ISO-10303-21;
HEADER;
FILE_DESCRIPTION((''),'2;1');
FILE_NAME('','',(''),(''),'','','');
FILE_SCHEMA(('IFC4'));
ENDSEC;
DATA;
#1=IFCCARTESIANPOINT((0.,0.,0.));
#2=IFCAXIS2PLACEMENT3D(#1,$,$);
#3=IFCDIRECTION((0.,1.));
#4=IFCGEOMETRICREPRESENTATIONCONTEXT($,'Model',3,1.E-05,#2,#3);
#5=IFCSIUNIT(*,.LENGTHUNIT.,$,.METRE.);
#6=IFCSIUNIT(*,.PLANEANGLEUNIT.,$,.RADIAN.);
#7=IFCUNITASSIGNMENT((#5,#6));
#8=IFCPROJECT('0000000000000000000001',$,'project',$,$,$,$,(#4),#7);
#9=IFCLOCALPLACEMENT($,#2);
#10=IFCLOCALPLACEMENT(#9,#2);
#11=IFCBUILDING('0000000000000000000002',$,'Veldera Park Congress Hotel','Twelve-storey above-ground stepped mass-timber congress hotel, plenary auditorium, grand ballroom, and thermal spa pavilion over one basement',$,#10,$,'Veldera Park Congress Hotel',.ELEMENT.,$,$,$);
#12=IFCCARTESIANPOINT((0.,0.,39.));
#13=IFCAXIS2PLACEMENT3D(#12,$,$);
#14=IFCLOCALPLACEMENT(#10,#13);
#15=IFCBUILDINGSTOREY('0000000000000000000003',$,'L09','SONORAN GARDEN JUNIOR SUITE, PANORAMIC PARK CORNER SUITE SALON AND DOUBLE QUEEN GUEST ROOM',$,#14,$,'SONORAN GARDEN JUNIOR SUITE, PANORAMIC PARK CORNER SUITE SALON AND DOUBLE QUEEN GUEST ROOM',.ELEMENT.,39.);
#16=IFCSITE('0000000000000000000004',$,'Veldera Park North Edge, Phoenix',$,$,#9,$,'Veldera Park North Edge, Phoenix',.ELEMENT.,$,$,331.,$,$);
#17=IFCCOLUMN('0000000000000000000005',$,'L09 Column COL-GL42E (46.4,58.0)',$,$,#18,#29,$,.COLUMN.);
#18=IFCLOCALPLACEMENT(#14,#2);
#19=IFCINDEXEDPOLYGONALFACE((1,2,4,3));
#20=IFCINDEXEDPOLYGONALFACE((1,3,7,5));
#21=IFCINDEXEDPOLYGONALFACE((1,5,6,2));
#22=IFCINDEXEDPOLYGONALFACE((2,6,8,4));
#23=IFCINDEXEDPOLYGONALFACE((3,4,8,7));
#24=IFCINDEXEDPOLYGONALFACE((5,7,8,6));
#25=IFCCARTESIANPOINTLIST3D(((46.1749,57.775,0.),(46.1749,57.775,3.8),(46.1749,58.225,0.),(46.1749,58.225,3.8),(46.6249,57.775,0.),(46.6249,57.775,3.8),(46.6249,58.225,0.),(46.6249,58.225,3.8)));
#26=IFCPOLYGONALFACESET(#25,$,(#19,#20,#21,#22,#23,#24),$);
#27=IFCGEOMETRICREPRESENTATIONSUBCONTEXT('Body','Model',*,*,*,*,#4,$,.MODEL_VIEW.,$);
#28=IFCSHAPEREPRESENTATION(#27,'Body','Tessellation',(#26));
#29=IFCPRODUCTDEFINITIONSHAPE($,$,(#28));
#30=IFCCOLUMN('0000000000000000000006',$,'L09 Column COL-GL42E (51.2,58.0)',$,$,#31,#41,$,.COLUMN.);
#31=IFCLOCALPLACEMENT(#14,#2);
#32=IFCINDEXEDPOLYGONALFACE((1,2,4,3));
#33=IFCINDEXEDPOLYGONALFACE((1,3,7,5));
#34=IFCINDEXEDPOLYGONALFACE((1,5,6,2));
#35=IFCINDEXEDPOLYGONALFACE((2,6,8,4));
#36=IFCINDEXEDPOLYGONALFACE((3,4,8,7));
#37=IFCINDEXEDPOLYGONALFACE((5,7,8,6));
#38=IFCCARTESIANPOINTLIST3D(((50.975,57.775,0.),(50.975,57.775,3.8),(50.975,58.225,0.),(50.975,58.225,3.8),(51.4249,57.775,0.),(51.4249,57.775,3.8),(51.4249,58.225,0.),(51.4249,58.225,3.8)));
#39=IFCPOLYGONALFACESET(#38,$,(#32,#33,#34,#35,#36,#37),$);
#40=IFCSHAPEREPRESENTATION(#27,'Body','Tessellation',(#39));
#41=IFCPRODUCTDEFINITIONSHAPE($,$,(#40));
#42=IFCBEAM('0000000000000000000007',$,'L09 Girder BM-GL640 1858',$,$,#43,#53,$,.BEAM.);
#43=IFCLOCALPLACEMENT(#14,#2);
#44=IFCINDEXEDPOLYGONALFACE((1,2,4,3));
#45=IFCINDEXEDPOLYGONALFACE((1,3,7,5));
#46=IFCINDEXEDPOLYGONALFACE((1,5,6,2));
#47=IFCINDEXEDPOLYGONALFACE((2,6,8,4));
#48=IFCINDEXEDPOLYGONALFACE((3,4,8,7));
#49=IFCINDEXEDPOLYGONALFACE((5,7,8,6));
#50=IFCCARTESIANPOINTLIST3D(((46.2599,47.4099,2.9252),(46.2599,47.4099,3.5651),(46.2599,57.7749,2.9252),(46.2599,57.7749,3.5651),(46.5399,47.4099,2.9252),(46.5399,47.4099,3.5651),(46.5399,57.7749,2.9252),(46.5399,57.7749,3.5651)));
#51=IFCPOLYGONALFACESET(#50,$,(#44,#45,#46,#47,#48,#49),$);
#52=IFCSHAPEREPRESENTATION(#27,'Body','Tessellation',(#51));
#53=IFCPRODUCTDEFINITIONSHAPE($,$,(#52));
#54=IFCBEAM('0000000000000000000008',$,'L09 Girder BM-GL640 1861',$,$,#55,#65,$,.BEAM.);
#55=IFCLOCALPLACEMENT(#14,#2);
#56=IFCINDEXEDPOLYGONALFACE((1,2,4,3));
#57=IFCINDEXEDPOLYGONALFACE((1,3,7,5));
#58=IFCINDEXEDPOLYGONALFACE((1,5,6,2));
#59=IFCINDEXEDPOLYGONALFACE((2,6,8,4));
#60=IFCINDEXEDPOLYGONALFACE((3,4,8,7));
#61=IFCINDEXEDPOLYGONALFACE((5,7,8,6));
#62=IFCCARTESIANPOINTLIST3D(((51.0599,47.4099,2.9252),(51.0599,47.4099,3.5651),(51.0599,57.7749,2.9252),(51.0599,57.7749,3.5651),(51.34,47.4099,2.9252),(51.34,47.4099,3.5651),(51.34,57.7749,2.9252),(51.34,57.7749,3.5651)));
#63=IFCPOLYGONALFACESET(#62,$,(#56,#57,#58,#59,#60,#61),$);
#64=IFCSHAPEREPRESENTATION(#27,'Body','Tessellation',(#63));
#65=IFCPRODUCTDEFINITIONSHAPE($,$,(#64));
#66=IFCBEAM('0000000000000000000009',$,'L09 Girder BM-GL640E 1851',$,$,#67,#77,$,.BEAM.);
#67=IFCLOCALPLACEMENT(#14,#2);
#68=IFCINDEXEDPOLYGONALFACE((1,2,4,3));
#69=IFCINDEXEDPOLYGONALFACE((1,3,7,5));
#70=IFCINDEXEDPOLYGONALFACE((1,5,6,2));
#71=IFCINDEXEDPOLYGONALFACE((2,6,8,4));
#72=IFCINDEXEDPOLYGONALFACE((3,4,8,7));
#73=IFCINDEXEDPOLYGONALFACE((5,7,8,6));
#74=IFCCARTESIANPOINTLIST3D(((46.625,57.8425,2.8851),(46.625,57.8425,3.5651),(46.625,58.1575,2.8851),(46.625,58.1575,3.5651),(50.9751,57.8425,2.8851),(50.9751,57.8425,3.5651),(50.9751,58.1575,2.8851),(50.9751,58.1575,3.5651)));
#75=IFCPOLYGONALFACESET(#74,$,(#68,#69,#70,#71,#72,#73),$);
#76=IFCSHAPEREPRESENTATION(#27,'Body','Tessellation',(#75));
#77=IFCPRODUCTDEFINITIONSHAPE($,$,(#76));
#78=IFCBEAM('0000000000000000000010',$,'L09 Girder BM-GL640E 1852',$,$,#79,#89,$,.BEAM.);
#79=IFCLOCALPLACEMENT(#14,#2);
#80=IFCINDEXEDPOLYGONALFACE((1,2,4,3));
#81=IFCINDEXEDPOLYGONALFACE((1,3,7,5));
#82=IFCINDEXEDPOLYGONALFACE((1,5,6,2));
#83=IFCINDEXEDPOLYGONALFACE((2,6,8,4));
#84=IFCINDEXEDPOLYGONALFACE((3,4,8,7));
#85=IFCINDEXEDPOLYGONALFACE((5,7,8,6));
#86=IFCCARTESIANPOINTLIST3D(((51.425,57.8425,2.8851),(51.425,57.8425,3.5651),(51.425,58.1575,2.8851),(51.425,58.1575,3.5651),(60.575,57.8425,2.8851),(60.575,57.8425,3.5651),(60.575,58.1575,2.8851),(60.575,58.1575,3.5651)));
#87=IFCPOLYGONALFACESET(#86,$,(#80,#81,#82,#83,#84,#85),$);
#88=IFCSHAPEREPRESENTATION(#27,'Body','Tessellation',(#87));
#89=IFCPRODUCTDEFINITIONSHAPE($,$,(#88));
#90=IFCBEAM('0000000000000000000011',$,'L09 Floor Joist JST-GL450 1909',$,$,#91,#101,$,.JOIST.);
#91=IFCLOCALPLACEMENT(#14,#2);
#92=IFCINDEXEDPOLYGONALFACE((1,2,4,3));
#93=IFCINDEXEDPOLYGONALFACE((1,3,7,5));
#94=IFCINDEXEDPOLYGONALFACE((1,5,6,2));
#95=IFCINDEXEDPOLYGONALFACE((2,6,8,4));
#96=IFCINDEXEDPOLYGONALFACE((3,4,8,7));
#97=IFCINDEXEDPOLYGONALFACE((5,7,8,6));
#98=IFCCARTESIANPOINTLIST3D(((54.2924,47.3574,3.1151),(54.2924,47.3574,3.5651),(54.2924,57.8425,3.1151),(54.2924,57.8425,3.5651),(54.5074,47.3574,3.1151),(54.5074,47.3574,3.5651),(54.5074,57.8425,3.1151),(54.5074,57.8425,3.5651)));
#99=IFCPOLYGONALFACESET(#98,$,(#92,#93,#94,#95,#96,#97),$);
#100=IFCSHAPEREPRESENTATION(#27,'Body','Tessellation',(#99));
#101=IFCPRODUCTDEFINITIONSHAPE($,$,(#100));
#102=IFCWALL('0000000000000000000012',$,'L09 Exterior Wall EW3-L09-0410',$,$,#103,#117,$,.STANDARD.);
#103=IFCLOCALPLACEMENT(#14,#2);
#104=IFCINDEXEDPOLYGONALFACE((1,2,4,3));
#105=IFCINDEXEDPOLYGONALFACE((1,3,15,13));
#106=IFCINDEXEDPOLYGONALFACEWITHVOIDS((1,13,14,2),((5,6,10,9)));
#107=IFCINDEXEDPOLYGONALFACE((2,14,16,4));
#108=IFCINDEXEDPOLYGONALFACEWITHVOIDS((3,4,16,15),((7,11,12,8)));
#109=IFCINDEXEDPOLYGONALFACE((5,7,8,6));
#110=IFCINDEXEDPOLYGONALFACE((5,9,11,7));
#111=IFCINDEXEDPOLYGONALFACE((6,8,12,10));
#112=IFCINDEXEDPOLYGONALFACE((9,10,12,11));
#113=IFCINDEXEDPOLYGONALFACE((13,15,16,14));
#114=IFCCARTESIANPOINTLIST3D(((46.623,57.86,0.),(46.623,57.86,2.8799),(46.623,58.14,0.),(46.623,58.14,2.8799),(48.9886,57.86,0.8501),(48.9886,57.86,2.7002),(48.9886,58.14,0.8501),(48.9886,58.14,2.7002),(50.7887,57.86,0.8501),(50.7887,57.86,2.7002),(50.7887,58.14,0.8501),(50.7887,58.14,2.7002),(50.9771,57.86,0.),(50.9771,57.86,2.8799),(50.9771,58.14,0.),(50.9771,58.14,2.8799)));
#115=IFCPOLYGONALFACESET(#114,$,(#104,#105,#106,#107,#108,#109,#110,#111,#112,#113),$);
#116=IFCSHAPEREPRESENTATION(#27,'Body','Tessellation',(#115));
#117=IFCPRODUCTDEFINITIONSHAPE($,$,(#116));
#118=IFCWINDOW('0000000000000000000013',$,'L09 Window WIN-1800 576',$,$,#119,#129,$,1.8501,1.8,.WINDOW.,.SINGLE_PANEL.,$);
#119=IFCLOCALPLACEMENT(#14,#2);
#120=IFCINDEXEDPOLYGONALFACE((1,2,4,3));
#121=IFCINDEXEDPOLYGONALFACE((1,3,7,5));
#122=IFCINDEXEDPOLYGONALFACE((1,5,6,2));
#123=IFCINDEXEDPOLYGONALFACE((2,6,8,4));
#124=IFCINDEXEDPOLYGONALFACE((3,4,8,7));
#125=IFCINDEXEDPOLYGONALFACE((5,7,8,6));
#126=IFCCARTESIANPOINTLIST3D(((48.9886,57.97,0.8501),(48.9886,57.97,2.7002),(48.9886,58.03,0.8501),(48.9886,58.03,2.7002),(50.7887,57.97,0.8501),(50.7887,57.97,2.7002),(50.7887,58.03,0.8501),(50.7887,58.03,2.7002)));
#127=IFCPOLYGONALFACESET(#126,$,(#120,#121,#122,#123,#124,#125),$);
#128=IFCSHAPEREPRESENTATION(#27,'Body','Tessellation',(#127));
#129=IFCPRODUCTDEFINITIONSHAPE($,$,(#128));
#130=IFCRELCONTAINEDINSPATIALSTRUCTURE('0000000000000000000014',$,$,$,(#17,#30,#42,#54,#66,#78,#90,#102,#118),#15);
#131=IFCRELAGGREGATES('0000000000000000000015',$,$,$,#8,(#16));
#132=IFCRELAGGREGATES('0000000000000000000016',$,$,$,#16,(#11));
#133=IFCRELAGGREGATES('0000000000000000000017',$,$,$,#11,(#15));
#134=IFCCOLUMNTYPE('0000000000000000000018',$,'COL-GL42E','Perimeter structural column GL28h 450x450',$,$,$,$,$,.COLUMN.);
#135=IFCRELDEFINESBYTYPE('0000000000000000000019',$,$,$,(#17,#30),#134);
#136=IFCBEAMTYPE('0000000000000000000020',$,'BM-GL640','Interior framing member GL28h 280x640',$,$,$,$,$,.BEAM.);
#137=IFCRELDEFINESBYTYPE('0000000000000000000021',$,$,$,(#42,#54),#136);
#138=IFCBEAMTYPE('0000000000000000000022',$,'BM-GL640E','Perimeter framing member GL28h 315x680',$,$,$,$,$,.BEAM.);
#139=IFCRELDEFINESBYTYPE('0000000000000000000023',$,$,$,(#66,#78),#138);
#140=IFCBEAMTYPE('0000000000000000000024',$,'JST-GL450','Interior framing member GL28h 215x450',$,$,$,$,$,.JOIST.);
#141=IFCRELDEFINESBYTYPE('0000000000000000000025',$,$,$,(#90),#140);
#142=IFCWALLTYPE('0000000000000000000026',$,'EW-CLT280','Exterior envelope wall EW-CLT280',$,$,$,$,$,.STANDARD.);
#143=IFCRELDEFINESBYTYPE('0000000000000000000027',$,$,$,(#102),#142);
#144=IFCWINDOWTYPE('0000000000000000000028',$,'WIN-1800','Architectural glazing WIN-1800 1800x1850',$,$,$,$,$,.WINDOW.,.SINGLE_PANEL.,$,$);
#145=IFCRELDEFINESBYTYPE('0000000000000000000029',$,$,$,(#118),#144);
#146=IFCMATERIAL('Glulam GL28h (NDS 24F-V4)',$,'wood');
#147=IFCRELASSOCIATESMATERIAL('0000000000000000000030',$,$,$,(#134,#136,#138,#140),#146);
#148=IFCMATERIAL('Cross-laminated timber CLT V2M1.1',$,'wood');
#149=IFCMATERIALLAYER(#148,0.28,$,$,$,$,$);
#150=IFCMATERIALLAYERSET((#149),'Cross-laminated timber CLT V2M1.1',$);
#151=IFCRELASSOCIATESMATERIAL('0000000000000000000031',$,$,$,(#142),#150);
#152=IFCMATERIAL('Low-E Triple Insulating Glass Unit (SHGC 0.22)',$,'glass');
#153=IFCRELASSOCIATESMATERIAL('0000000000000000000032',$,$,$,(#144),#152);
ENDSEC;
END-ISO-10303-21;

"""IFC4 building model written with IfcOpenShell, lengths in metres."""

from ifc_helpers import new_model, si_unit, direction, frame, frame_2d, origin, origin_2d, place, context, subcontext, project, spatial, rectangle, extrude, material, layer, layer_set, material_profile, profile_set, type_object, element, fill, save


model = new_model("IFC4")

# Units and contexts
model_context = context("Model", 3, precision=1e-05, world=origin(), true_north=direction((0.0, 1.0)))
body_context = subcontext(model_context, "Body", "Model", "MODEL_VIEW")
ifc_project = project(units=[si_unit("LENGTHUNIT", "METRE"), si_unit("PLANEANGLEUNIT", "RADIAN")], contexts=[model_context])

# Site, building, storey
site_placement = place(None, origin())
site = spatial("IfcSite", under=ifc_project, at=site_placement, Name="Veldera Park North Edge, Phoenix", LongName="Veldera Park North Edge, Phoenix", CompositionType="ELEMENT", RefElevation=331.0)
building_placement = place(site_placement, origin())
building = spatial("IfcBuilding", under=site, at=building_placement, Name="Veldera Park Congress Hotel", Description="Twelve-storey above-ground stepped mass-timber congress hotel, plenary auditorium, grand ballroom, and thermal spa pavilion over one basement", LongName="Veldera Park Congress Hotel", CompositionType="ELEMENT")
storey_placement = place(building_placement, frame((0.0, 0.0, 39.0)))
storey = spatial("IfcBuildingStorey", under=building, at=storey_placement, Name="L09", Description="SONORAN GARDEN JUNIOR SUITE, PANORAMIC PARK CORNER SUITE SALON AND DOUBLE QUEEN GUEST ROOM", LongName="SONORAN GARDEN JUNIOR SUITE, PANORAMIC PARK CORNER SUITE SALON AND DOUBLE QUEEN GUEST ROOM", CompositionType="ELEMENT", Elevation=39.0)

# Columns
ifc_material_1 = material(Name="Glulam GL28h (NDS 24F-V4)", Category="wood")
ifc_material_profile_1 = material_profile(ifc_material_1, rectangle(XDim=0.45, YDim=0.45, at=origin_2d()), Name="GL28h 450x450")
ifc_profile_set_1 = profile_set([ifc_material_profile_1], Name="Glulam GL28h (NDS 24F-V4)")
column_type = type_object("IfcColumnType", Name="COL-GL42E", Description="Perimeter structural column GL28h 450x450", PredefinedType="COLUMN", material=ifc_profile_set_1)
for number, where, z_axis, x_axis, name in (
    (1, (46.3999, 58.0, 0.0), (0.0, 0.0, 1.0), (1.0, 0.0, 0.0), "L09 Column COL-GL42E (46.4,58.0)"),
    (2, (51.2, 58.0, 0.0), (0.0, 0.0, 1.0), (1.0, 0.0, 0.0), "L09 Column COL-GL42E (51.2,58.0)"),
):
    element("IfcColumn", number, at=place(storey_placement, frame(where, z_axis=z_axis, x_axis=x_axis)), inside=storey, type_object=column_type, Name=name, PredefinedType="COLUMN", context=body_context, shape_type="SweptSolid", body=[
        extrude(rectangle(XDim=0.45, YDim=0.45, at=origin_2d()), origin(), (0.0, 0.0, 1.0), 3.8),
    ])

# Beams
ifc_material_profile_2 = material_profile(ifc_material_1, rectangle(XDim=0.28, YDim=0.6399, at=origin_2d()), Name="GL28h 280x640")
ifc_profile_set_2 = profile_set([ifc_material_profile_2], Name="Glulam GL28h (NDS 24F-V4)")
beam_type_1 = type_object("IfcBeamType", Name="BM-GL640", Description="Interior framing member GL28h 280x640", PredefinedType="BEAM", material=ifc_profile_set_2)
for number, where, z_axis, x_axis, name in (
    (3, (46.3999, 47.4099, 3.2451), (0.0, 1.0, 0.0), (-1.0, 0.0, 0.0), "L09 Girder BM-GL640 1858"),
    (4, (51.2, 47.4099, 3.2451), (0.0, 1.0, 0.0), (-1.0, 0.0, 0.0), "L09 Girder BM-GL640 1861"),
):
    element("IfcBeam", number, at=place(storey_placement, frame(where, z_axis=z_axis, x_axis=x_axis)), inside=storey, type_object=beam_type_1, Name=name, PredefinedType="BEAM", context=body_context, shape_type="SweptSolid", body=[
        extrude(rectangle(XDim=0.28, YDim=0.6399, at=origin_2d()), origin(), (0.0, 0.0, 1.0), 10.365),
    ])
ifc_material_profile_3 = material_profile(ifc_material_1, rectangle(XDim=0.3149, YDim=0.6799, at=origin_2d()), Name="GL28h 315x680")
ifc_profile_set_3 = profile_set([ifc_material_profile_3], Name="Glulam GL28h (NDS 24F-V4)")
beam_type_2 = type_object("IfcBeamType", Name="BM-GL640E", Description="Perimeter framing member GL28h 315x680", PredefinedType="BEAM", material=ifc_profile_set_3)
beam_1_placement = place(storey_placement, frame((46.625, 58.0, 3.2251), z_axis=(1.0, 0.0, 0.0), x_axis=(0.0, 1.0, 0.0)))
element("IfcBeam", 5, at=beam_1_placement, inside=storey, type_object=beam_type_2, Name="L09 Girder BM-GL640E 1851", PredefinedType="BEAM", context=body_context, shape_type="SweptSolid", body=[
    extrude(rectangle(XDim=0.3149, YDim=0.6799, at=origin_2d()), origin(), (0.0, 0.0, 1.0), 4.3501),
])
beam_2_placement = place(storey_placement, frame((51.425, 58.0, 3.2251), z_axis=(1.0, 0.0, 0.0), x_axis=(0.0, 1.0, 0.0)))
element("IfcBeam", 6, at=beam_2_placement, inside=storey, type_object=beam_type_2, Name="L09 Girder BM-GL640E 1852", PredefinedType="BEAM", context=body_context, shape_type="SweptSolid", body=[
    extrude(rectangle(XDim=0.3149, YDim=0.6799, at=origin_2d()), origin(), (0.0, 0.0, 1.0), 9.1499),
])
ifc_material_profile_4 = material_profile(ifc_material_1, rectangle(XDim=0.2151, YDim=0.45, at=origin_2d()), Name="GL28h 215x450")
ifc_profile_set_4 = profile_set([ifc_material_profile_4], Name="Glulam GL28h (NDS 24F-V4)")
beam_type_3 = type_object("IfcBeamType", Name="JST-GL450", Description="Interior framing member GL28h 215x450", PredefinedType="JOIST", material=ifc_profile_set_4)
beam_3_placement = place(storey_placement, frame((54.3999, 47.3574, 3.3401), z_axis=(0.0, 1.0, 0.0), x_axis=(-1.0, 0.0, 0.0)))
element("IfcBeam", 7, at=beam_3_placement, inside=storey, type_object=beam_type_3, Name="L09 Floor Joist JST-GL450 1909", PredefinedType="JOIST", context=body_context, shape_type="SweptSolid", body=[
    extrude(rectangle(XDim=0.2151, YDim=0.45, at=origin_2d()), origin(), (0.0, 0.0, 1.0), 10.4851),
])

# Wall, opening, window
ifc_material_2 = material(Name="Cross-laminated timber CLT V2M1.1", Category="wood")
ifc_layer = layer(ifc_material_2, 0.28)
ifc_layer_set = layer_set([ifc_layer], Name="Cross-laminated timber CLT V2M1.1")
wall_type = type_object("IfcWallType", Name="EW-CLT280", Description="Exterior envelope wall EW-CLT280", PredefinedType="STANDARD", material=ifc_layer_set)
wall_1_placement = place(storey_placement, frame((50.9771, 58.0, 0.0), z_axis=(0.0, 0.0, 1.0), x_axis=(-1.0, 0.0, 0.0)))
wall_1 = element("IfcWall", 8, at=wall_1_placement, inside=storey, type_object=wall_type, Name="L09 Exterior Wall EW3-L09-0410", PredefinedType="STANDARD", context=body_context, shape_type="SweptSolid", body=[
    extrude(rectangle(XDim=4.354, YDim=0.28, at=frame_2d((2.177, 0.0))), origin(), (0.0, 0.0, 1.0), 2.8799),
])
opening_1_placement = place(wall_1_placement, frame((0.1885, 0.0, 0.8501)))
opening_1 = element("IfcOpeningElement", 9, at=opening_1_placement, cuts=wall_1, PredefinedType="OPENING", context=body_context, shape_type="SweptSolid", body=[
    extrude(rectangle(XDim=1.8, YDim=1.8501, at=frame_2d((0.8999, 0.925))), frame((0.0, 0.1521, 0.0), z_axis=(0.0, -1.0, 0.0), x_axis=(1.0, 0.0, 0.0)), (0.0, 0.0, 1.0), 0.304),
])
ifc_material_3 = material(Name="Low-E Triple Insulating Glass Unit (SHGC 0.22)", Category="glass")
window_type_1 = type_object("IfcWindowType", Name="WIN-1800", Description="Architectural glazing WIN-1800 1800x1850", PartitioningType="SINGLE_PANEL", PredefinedType="WINDOW", material=ifc_material_3)
window_1_placement = place(opening_1_placement, origin())
window_1 = element("IfcWindow", 10, at=window_1_placement, inside=storey, type_object=window_type_1, Name="L09 Window WIN-1800 576", OverallHeight=1.8501, OverallWidth=1.8, PartitioningType="SINGLE_PANEL", PredefinedType="WINDOW", context=body_context, shape_type="SweptSolid", body=[
    extrude(rectangle(XDim=1.8, YDim=1.8501, at=frame_2d((0.8999, 0.925))), frame((0.0, 0.03, 0.0), z_axis=(0.0, -1.0, 0.0), x_axis=(1.0, 0.0, 0.0)), (0.0, 0.0, 1.0), 0.0601),
])
fill(opening_1, window_1)

save(model, "model.ifc")
